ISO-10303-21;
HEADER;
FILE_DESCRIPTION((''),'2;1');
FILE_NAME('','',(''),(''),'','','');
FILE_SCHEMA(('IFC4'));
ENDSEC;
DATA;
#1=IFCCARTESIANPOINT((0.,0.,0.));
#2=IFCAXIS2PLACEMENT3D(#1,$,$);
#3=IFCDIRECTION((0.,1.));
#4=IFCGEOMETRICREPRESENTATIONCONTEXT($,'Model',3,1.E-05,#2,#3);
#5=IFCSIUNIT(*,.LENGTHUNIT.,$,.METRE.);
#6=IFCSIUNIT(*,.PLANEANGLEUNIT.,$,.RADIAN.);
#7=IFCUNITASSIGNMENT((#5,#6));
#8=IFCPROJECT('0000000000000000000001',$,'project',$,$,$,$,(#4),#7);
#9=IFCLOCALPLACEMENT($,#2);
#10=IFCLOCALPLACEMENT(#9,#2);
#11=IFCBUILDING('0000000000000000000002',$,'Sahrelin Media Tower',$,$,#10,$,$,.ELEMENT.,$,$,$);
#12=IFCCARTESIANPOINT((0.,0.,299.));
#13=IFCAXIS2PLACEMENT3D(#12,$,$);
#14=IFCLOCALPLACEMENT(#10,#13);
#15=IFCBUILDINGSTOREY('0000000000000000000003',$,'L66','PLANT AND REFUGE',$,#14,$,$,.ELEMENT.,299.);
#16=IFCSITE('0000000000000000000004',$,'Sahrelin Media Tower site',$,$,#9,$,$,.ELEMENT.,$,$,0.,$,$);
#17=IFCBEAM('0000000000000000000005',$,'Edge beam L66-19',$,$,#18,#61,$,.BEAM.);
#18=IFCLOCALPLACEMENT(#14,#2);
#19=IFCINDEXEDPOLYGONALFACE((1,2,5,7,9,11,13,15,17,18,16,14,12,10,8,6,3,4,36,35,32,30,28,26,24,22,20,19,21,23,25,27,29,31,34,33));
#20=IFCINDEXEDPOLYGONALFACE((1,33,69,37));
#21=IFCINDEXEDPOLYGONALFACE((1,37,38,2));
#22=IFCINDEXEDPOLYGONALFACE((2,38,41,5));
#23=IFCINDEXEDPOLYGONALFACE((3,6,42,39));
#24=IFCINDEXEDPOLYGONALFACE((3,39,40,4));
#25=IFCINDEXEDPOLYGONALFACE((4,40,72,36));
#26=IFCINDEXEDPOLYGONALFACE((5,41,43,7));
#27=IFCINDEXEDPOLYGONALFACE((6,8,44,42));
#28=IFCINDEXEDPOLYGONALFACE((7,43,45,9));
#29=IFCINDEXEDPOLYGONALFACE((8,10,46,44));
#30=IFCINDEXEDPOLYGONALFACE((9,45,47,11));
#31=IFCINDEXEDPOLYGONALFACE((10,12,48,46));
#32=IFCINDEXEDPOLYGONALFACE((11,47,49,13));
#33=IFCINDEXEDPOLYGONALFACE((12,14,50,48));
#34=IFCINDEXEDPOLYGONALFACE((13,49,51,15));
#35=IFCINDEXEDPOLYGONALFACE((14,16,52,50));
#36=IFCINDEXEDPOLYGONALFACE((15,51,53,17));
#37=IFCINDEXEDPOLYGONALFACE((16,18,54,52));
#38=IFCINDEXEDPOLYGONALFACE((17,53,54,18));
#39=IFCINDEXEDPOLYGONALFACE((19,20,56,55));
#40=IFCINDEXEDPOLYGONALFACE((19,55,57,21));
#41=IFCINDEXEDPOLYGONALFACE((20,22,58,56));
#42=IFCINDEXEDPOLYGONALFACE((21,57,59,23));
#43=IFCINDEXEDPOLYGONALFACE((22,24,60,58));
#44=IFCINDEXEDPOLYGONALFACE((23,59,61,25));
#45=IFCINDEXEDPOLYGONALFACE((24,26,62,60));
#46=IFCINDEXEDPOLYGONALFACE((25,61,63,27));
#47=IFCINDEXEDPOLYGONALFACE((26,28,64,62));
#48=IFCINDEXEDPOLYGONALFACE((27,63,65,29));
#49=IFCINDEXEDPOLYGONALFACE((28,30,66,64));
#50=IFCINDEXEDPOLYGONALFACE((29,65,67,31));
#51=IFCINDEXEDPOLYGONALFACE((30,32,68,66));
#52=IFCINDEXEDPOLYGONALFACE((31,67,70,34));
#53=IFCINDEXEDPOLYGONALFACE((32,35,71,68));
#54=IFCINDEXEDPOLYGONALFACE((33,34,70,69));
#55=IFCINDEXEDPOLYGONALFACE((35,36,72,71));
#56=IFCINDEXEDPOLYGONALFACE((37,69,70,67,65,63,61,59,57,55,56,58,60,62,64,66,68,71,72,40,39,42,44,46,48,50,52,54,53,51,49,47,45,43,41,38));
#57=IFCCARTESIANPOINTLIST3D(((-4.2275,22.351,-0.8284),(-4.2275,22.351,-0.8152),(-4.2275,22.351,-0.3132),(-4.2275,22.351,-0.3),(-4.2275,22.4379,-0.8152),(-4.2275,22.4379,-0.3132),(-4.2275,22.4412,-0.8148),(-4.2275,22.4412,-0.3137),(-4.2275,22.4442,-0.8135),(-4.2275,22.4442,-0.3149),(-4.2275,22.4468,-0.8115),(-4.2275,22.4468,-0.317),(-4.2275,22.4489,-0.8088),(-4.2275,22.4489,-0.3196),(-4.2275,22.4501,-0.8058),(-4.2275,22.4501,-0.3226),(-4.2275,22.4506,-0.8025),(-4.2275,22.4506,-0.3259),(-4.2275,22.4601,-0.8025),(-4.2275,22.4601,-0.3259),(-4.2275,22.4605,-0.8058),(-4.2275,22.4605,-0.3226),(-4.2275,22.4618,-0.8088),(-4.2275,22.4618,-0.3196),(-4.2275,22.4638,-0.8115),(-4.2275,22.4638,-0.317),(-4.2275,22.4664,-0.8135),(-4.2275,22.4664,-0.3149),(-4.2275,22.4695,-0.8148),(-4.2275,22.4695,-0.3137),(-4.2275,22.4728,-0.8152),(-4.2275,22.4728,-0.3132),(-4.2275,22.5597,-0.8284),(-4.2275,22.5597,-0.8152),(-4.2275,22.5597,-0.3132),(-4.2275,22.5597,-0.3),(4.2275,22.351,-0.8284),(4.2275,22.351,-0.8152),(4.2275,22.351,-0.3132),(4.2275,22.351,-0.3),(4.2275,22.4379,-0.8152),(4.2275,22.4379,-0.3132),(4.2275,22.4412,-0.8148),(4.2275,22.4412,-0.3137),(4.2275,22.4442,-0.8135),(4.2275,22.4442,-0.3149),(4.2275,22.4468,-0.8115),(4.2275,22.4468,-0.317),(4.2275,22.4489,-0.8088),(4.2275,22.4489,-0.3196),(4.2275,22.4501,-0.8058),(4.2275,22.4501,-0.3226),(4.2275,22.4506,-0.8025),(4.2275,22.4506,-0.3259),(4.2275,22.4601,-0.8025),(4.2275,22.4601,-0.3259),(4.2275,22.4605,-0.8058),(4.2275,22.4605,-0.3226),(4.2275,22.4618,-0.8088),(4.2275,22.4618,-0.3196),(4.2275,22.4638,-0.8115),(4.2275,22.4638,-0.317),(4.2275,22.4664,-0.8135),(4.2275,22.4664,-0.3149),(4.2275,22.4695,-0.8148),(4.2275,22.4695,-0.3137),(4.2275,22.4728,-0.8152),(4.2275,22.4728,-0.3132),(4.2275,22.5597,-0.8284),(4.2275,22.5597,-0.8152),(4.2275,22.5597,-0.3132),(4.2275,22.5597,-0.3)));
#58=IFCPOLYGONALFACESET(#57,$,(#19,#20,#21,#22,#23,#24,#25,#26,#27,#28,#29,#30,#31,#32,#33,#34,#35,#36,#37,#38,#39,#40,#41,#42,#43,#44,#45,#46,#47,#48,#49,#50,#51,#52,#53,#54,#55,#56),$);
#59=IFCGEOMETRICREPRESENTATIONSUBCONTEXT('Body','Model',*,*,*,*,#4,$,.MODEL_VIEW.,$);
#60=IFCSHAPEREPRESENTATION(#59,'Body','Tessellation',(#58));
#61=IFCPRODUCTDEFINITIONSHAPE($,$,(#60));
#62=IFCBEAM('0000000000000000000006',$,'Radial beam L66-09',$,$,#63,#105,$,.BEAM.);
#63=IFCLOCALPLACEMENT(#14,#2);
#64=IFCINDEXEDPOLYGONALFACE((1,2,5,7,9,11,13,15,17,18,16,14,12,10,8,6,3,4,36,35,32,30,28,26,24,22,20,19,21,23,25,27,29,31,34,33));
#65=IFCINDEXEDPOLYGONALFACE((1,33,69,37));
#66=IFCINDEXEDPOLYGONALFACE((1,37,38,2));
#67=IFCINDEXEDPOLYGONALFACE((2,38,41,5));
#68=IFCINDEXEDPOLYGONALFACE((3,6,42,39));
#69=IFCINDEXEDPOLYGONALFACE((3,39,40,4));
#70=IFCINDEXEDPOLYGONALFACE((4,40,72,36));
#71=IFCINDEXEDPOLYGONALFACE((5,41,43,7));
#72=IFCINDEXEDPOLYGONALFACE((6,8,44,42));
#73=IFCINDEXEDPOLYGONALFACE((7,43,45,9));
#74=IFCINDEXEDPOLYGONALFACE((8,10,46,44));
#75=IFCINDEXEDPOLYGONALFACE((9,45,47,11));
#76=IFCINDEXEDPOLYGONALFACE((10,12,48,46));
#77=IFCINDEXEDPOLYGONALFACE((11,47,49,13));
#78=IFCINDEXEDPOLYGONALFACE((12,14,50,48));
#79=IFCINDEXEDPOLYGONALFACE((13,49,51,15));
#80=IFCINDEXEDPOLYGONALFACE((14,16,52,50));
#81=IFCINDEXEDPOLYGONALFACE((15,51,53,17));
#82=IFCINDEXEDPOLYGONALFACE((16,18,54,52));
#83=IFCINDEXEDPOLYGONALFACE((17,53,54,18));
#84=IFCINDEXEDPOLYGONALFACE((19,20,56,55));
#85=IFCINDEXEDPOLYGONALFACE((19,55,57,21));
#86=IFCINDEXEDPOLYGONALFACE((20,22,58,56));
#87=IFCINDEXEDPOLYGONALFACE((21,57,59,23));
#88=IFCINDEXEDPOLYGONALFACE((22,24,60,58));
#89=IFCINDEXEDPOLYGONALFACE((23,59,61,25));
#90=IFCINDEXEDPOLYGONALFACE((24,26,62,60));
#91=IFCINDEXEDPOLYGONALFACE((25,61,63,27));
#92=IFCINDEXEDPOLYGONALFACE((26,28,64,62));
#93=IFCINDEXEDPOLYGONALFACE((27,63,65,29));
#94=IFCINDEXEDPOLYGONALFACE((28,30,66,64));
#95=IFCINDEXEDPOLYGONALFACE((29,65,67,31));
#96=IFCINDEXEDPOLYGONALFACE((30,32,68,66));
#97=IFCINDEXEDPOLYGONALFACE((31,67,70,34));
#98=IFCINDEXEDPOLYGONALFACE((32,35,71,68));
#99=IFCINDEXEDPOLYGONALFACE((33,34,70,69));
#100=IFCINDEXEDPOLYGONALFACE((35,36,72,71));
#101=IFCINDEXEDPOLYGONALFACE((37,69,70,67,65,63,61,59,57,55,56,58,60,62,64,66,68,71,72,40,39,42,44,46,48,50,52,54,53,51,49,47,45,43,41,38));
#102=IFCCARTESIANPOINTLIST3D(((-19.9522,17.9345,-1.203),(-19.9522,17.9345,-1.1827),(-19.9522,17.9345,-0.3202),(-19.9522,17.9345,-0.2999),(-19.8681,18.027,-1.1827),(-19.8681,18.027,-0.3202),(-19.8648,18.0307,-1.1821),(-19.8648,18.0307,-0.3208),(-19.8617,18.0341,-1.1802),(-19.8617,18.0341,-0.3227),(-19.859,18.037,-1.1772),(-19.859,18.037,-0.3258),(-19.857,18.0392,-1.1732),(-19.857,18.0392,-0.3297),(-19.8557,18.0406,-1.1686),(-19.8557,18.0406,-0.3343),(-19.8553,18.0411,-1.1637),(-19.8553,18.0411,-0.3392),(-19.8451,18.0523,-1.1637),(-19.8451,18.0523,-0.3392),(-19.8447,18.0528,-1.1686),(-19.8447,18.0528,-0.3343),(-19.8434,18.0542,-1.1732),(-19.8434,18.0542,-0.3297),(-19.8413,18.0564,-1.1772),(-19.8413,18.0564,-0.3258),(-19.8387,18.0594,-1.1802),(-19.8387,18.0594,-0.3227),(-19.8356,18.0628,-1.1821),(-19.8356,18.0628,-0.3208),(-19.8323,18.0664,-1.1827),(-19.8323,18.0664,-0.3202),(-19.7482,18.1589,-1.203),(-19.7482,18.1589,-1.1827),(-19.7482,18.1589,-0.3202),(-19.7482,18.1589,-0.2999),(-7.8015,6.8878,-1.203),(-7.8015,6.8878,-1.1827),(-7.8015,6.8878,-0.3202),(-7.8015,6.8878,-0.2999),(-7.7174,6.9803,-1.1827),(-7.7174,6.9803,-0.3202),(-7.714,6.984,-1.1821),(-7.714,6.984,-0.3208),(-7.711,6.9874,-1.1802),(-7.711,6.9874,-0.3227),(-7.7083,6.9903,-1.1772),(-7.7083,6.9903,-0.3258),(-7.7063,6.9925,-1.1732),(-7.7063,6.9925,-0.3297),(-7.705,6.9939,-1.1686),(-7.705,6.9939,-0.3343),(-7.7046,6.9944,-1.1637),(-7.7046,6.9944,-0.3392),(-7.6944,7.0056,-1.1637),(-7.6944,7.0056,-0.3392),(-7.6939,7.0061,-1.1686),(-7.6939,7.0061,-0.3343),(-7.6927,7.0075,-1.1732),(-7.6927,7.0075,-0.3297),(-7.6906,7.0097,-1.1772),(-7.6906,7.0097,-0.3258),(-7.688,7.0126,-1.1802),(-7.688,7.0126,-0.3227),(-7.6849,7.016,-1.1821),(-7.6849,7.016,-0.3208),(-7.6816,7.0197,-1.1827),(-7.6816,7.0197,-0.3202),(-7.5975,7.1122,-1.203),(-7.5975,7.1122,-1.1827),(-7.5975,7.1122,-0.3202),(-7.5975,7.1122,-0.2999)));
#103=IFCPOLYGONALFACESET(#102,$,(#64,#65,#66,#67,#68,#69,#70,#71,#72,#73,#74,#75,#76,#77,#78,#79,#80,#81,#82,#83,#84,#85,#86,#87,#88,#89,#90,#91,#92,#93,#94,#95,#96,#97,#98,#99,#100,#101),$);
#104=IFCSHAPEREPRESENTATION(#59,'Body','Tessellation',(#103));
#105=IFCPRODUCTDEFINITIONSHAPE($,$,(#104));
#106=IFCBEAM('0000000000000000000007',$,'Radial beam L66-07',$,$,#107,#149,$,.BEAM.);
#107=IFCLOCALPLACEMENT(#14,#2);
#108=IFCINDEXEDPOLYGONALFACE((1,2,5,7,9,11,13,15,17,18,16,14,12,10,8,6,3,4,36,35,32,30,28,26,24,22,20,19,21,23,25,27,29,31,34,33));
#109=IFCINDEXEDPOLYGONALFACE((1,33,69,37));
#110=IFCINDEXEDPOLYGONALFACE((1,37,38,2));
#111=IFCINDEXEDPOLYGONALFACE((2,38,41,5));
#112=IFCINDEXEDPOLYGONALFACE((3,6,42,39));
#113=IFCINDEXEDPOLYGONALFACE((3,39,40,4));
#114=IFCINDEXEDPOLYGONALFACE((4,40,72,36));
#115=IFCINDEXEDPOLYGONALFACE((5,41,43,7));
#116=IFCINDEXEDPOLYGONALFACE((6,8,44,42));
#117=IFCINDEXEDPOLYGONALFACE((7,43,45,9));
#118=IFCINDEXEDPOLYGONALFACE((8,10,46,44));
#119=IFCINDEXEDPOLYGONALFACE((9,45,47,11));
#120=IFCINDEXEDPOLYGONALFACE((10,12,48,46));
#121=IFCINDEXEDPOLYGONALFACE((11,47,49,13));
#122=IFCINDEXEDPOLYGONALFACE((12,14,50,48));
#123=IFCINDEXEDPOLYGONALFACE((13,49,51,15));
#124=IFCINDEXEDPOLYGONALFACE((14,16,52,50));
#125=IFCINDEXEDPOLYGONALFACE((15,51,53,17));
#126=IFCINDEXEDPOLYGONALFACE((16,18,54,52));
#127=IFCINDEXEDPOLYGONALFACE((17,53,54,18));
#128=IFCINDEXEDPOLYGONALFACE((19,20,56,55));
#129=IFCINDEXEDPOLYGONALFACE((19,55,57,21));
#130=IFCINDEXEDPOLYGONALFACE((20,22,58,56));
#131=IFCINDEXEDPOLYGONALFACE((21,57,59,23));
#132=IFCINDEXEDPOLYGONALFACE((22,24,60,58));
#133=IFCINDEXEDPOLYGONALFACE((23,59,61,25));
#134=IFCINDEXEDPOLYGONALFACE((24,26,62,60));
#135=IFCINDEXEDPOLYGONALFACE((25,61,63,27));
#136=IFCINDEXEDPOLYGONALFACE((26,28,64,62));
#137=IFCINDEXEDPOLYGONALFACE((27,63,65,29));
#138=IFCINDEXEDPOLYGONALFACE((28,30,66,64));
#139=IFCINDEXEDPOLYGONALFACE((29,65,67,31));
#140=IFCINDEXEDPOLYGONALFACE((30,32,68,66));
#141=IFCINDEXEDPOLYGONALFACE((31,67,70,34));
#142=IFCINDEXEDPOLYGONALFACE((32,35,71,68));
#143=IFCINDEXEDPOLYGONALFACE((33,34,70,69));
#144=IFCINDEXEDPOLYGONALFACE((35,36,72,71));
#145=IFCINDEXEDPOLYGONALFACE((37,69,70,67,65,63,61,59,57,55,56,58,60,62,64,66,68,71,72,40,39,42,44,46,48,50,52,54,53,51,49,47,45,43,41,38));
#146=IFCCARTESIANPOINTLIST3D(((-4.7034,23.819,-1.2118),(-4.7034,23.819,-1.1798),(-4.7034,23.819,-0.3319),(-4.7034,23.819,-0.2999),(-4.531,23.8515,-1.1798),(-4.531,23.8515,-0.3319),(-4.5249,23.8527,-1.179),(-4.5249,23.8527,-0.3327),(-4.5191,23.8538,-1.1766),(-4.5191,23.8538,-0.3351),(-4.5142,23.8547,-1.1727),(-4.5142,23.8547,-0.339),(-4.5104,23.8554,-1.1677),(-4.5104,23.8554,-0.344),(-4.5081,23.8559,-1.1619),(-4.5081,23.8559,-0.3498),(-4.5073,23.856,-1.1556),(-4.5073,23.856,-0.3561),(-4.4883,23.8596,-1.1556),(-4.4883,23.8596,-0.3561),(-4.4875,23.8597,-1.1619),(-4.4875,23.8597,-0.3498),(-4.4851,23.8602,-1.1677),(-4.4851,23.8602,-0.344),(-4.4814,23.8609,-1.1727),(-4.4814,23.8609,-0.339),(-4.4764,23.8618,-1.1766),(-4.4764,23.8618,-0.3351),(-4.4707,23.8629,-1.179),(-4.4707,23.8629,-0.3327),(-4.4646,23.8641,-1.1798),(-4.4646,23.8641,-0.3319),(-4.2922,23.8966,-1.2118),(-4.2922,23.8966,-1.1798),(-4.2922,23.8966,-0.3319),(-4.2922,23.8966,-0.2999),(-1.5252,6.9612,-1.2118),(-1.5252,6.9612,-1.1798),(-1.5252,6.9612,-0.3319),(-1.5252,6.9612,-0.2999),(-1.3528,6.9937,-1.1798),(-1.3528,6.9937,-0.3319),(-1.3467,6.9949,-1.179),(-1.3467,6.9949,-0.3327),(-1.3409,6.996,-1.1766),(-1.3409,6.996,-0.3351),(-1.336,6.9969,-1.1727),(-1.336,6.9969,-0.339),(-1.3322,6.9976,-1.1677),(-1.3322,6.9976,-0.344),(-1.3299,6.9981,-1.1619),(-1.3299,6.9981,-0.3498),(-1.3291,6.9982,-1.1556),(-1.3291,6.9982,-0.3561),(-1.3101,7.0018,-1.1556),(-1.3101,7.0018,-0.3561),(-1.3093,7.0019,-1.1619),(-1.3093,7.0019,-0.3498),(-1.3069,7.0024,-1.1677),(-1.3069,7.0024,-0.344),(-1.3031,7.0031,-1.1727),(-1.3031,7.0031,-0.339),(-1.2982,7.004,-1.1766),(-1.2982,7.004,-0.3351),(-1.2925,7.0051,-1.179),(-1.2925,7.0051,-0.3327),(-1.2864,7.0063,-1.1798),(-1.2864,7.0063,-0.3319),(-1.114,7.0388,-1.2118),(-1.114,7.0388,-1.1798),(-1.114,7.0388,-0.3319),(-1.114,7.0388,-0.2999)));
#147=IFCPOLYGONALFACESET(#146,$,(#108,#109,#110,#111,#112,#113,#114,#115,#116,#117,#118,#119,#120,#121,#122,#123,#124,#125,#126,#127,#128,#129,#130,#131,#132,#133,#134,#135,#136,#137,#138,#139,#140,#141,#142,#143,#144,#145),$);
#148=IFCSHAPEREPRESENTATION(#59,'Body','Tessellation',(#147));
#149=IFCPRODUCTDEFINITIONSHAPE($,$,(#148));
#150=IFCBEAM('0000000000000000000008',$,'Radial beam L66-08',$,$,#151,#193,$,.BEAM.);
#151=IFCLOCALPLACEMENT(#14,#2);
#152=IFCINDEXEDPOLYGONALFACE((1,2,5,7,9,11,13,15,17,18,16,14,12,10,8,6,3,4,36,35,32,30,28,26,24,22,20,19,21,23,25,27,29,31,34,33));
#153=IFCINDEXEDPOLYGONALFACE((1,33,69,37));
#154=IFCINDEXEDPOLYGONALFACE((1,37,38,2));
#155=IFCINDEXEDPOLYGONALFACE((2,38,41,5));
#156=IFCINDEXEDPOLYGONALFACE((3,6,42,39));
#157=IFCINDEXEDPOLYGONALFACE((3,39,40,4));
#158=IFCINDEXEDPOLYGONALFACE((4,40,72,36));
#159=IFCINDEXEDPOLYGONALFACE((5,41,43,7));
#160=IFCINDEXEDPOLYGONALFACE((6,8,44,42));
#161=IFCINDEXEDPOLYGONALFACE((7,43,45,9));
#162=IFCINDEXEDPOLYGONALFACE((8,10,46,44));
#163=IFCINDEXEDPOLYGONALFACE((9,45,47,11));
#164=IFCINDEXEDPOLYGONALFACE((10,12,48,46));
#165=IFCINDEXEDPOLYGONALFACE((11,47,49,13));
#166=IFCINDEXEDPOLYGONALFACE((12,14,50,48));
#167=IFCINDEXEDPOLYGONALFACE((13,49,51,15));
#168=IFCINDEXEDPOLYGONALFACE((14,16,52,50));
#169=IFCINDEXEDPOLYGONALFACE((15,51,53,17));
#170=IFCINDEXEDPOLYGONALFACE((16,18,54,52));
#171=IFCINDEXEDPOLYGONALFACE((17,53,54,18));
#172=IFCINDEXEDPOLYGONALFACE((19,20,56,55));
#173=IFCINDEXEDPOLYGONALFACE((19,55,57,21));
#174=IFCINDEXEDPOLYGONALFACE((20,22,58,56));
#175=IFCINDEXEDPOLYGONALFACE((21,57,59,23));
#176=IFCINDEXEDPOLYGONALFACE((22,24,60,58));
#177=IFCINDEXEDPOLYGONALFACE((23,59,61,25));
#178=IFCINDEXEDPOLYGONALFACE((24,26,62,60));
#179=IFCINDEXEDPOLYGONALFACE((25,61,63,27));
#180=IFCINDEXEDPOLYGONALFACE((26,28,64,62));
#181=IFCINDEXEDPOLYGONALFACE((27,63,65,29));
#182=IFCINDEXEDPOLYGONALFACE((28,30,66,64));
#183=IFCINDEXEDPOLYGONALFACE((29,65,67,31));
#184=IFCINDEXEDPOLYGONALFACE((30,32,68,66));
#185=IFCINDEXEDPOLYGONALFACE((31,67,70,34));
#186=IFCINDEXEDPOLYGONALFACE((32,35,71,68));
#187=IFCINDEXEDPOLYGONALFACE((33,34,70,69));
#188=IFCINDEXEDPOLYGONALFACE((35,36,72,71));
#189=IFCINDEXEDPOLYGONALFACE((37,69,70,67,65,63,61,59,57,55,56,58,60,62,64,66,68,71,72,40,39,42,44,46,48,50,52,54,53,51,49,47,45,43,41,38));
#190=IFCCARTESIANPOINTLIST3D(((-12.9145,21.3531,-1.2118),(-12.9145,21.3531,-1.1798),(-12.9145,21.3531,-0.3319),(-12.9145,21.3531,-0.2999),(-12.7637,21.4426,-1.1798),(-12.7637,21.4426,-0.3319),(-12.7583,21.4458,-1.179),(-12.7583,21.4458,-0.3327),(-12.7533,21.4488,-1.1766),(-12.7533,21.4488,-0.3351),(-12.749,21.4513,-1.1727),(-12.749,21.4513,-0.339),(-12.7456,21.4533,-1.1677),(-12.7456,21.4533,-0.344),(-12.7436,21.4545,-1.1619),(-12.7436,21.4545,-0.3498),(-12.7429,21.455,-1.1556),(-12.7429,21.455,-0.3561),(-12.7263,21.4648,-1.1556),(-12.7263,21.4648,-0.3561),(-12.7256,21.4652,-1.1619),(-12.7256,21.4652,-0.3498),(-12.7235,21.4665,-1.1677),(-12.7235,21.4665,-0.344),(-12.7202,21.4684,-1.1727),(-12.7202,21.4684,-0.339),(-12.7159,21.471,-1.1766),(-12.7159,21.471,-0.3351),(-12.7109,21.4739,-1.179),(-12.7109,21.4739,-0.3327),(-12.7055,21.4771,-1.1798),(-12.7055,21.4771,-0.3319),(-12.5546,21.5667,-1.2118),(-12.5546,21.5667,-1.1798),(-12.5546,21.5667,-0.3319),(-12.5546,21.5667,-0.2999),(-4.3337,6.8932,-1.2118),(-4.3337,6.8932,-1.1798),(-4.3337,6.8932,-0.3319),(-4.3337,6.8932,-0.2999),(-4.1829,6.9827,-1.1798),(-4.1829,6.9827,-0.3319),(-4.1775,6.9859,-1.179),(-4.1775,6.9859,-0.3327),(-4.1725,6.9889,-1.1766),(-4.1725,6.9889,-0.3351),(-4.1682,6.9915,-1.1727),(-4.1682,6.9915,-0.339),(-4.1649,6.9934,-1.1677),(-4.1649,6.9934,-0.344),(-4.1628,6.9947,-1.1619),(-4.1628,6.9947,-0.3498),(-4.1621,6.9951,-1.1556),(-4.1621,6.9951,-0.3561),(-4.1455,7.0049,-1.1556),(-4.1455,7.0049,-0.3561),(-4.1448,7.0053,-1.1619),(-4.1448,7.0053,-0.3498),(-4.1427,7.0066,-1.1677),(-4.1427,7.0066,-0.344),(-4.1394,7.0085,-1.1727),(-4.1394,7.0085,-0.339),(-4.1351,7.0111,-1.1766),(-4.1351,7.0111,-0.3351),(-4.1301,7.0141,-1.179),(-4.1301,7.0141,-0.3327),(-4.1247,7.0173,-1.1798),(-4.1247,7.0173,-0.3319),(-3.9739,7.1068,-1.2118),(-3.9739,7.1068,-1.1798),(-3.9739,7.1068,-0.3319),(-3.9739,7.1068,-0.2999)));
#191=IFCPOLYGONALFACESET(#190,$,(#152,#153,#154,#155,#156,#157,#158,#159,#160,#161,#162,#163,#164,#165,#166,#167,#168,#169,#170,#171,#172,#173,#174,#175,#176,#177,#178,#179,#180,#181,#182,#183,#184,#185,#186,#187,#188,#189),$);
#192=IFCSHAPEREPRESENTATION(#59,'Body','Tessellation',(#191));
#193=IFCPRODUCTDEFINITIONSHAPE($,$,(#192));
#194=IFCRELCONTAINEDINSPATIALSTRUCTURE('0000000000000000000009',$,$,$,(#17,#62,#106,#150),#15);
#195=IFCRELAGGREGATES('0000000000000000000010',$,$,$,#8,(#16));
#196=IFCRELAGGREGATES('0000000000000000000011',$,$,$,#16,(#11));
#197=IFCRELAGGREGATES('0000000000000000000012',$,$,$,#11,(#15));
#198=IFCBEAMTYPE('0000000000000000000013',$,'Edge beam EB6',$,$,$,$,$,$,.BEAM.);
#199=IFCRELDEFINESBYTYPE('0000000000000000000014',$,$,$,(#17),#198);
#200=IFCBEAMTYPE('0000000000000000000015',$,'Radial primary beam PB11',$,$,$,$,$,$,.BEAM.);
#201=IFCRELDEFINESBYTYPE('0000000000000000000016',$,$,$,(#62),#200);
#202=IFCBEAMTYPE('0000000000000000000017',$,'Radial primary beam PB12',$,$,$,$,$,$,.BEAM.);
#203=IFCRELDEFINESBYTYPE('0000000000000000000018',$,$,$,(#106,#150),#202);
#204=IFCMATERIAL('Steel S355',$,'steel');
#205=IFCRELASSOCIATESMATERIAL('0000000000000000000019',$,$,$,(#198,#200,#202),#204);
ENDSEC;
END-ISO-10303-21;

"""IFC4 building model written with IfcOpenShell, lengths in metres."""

from ifc_helpers import new_model, si_unit, direction, frame, origin, origin_2d, place, context, subcontext, project, spatial, i_section, extrude, material, material_profile, profile_set, type_object, element, save


model = new_model("IFC4")

# Units and contexts
model_context = context("Model", 3, precision=1e-05, world=origin(), true_north=direction((0.0, 1.0)))
body_context = subcontext(model_context, "Body", "Model", "MODEL_VIEW")
ifc_project = project(units=[si_unit("LENGTHUNIT", "METRE"), si_unit("PLANEANGLEUNIT", "RADIAN")], contexts=[model_context])

# Site, building, storey
site_placement = place(None, origin())
site = spatial("IfcSite", under=ifc_project, at=site_placement, Name="Sahrelin Media Tower site", CompositionType="ELEMENT", RefElevation=0.0)
building_placement = place(site_placement, origin())
building = spatial("IfcBuilding", under=site, at=building_placement, Name="Sahrelin Media Tower", CompositionType="ELEMENT")
storey_placement = place(building_placement, frame((0.0, 0.0, 299.0)))
storey = spatial("IfcBuildingStorey", under=building, at=storey_placement, Name="L66", Description="PLANT AND REFUGE", CompositionType="ELEMENT", Elevation=299.0)

# Beams
ifc_material_1 = material(Name="Steel S355", Category="steel")
ifc_material_profile_1 = material_profile(ifc_material_1, i_section(OverallWidth=0.2087, OverallDepth=0.5283, WebThickness=0.0095, FlangeThickness=0.0132, FilletRadius=0.0127, at=origin_2d()), Name="UB 533x210x82")
ifc_profile_set_1 = profile_set([ifc_material_profile_1], Name="Steel S355")
beam_type_1 = type_object("IfcBeamType", Name="Edge beam EB6", PredefinedType="BEAM", material=ifc_profile_set_1)
beam_1_placement = place(storey_placement, frame((-4.2275, 22.4553, -0.5642), z_axis=(1.0, 0.0, 0.0), x_axis=(0.0, 1.0, 0.0)))
element("IfcBeam", 1, at=beam_1_placement, inside=storey, type_object=beam_type_1, Name="Edge beam L66-19", PredefinedType="BEAM", context=body_context, shape_type="SweptSolid", body=[
    extrude(i_section(OverallWidth=0.2087, OverallDepth=0.5283, WebThickness=0.0095, FlangeThickness=0.0132, FilletRadius=0.0127, at=origin_2d()), origin(), (0.0, 0.0, 1.0), 8.4551),
])
ifc_material_profile_2 = material_profile(ifc_material_1, i_section(OverallWidth=0.3032, OverallDepth=0.9031, WebThickness=0.0151, FlangeThickness=0.0203, FilletRadius=0.019, at=origin_2d()), Name="UB 914x305x201")
ifc_profile_set_2 = profile_set([ifc_material_profile_2], Name="Steel S355")
beam_type_2 = type_object("IfcBeamType", Name="Radial primary beam PB11", PredefinedType="BEAM", material=ifc_profile_set_2)
beam_2_placement = place(storey_placement, frame((-7.6995, 7.0, -0.7515), z_axis=(-0.739922, 0.672693, 0.0), x_axis=(-0.672693, -0.739922, 0.0)))
element("IfcBeam", 2, at=beam_2_placement, inside=storey, type_object=beam_type_2, Name="Radial beam L66-09", PredefinedType="BEAM", context=body_context, shape_type="SweptSolid", body=[
    extrude(i_section(OverallWidth=0.3032, OverallDepth=0.9031, WebThickness=0.0151, FlangeThickness=0.0203, FilletRadius=0.019, at=origin_2d()), origin(), (0.0, 0.0, 1.0), 16.4216),
])
ifc_material_profile_3 = material_profile(ifc_material_1, i_section(OverallWidth=0.4185, OverallDepth=0.9119, WebThickness=0.0193, FlangeThickness=0.032, FilletRadius=0.0242, at=origin_2d()), Name="UB 914x419x343")
ifc_profile_set_3 = profile_set([ifc_material_profile_3], Name="Steel S355")
beam_type_3 = type_object("IfcBeamType", Name="Radial primary beam PB12", PredefinedType="BEAM", material=ifc_profile_set_3)
beam_3_placement = place(storey_placement, frame((-1.3196, 7.0, -0.7559), z_axis=(-0.185266, 0.982688, 0.0), x_axis=(-0.982688, -0.185266, 0.0)))
element("IfcBeam", 3, at=beam_3_placement, inside=storey, type_object=beam_type_3, Name="Radial beam L66-07", PredefinedType="BEAM", context=body_context, shape_type="SweptSolid", body=[
    extrude(i_section(OverallWidth=0.4185, OverallDepth=0.9119, WebThickness=0.0193, FlangeThickness=0.032, FilletRadius=0.0242, at=origin_2d()), origin(), (0.0, 0.0, 1.0), 17.1548),
])
beam_4_placement = place(storey_placement, frame((-4.1538, 7.0, -0.7559), z_axis=(-0.510328, 0.85998, 0.0), x_axis=(-0.85998, -0.510328, 0.0)))
element("IfcBeam", 4, at=beam_4_placement, inside=storey, type_object=beam_type_3, Name="Radial beam L66-08", PredefinedType="BEAM", context=body_context, shape_type="SweptSolid", body=[
    extrude(i_section(OverallWidth=0.4185, OverallDepth=0.9119, WebThickness=0.0193, FlangeThickness=0.032, FilletRadius=0.0242, at=origin_2d()), origin(), (0.0, 0.0, 1.0), 16.8142),
])

save(model, "model.ifc")
